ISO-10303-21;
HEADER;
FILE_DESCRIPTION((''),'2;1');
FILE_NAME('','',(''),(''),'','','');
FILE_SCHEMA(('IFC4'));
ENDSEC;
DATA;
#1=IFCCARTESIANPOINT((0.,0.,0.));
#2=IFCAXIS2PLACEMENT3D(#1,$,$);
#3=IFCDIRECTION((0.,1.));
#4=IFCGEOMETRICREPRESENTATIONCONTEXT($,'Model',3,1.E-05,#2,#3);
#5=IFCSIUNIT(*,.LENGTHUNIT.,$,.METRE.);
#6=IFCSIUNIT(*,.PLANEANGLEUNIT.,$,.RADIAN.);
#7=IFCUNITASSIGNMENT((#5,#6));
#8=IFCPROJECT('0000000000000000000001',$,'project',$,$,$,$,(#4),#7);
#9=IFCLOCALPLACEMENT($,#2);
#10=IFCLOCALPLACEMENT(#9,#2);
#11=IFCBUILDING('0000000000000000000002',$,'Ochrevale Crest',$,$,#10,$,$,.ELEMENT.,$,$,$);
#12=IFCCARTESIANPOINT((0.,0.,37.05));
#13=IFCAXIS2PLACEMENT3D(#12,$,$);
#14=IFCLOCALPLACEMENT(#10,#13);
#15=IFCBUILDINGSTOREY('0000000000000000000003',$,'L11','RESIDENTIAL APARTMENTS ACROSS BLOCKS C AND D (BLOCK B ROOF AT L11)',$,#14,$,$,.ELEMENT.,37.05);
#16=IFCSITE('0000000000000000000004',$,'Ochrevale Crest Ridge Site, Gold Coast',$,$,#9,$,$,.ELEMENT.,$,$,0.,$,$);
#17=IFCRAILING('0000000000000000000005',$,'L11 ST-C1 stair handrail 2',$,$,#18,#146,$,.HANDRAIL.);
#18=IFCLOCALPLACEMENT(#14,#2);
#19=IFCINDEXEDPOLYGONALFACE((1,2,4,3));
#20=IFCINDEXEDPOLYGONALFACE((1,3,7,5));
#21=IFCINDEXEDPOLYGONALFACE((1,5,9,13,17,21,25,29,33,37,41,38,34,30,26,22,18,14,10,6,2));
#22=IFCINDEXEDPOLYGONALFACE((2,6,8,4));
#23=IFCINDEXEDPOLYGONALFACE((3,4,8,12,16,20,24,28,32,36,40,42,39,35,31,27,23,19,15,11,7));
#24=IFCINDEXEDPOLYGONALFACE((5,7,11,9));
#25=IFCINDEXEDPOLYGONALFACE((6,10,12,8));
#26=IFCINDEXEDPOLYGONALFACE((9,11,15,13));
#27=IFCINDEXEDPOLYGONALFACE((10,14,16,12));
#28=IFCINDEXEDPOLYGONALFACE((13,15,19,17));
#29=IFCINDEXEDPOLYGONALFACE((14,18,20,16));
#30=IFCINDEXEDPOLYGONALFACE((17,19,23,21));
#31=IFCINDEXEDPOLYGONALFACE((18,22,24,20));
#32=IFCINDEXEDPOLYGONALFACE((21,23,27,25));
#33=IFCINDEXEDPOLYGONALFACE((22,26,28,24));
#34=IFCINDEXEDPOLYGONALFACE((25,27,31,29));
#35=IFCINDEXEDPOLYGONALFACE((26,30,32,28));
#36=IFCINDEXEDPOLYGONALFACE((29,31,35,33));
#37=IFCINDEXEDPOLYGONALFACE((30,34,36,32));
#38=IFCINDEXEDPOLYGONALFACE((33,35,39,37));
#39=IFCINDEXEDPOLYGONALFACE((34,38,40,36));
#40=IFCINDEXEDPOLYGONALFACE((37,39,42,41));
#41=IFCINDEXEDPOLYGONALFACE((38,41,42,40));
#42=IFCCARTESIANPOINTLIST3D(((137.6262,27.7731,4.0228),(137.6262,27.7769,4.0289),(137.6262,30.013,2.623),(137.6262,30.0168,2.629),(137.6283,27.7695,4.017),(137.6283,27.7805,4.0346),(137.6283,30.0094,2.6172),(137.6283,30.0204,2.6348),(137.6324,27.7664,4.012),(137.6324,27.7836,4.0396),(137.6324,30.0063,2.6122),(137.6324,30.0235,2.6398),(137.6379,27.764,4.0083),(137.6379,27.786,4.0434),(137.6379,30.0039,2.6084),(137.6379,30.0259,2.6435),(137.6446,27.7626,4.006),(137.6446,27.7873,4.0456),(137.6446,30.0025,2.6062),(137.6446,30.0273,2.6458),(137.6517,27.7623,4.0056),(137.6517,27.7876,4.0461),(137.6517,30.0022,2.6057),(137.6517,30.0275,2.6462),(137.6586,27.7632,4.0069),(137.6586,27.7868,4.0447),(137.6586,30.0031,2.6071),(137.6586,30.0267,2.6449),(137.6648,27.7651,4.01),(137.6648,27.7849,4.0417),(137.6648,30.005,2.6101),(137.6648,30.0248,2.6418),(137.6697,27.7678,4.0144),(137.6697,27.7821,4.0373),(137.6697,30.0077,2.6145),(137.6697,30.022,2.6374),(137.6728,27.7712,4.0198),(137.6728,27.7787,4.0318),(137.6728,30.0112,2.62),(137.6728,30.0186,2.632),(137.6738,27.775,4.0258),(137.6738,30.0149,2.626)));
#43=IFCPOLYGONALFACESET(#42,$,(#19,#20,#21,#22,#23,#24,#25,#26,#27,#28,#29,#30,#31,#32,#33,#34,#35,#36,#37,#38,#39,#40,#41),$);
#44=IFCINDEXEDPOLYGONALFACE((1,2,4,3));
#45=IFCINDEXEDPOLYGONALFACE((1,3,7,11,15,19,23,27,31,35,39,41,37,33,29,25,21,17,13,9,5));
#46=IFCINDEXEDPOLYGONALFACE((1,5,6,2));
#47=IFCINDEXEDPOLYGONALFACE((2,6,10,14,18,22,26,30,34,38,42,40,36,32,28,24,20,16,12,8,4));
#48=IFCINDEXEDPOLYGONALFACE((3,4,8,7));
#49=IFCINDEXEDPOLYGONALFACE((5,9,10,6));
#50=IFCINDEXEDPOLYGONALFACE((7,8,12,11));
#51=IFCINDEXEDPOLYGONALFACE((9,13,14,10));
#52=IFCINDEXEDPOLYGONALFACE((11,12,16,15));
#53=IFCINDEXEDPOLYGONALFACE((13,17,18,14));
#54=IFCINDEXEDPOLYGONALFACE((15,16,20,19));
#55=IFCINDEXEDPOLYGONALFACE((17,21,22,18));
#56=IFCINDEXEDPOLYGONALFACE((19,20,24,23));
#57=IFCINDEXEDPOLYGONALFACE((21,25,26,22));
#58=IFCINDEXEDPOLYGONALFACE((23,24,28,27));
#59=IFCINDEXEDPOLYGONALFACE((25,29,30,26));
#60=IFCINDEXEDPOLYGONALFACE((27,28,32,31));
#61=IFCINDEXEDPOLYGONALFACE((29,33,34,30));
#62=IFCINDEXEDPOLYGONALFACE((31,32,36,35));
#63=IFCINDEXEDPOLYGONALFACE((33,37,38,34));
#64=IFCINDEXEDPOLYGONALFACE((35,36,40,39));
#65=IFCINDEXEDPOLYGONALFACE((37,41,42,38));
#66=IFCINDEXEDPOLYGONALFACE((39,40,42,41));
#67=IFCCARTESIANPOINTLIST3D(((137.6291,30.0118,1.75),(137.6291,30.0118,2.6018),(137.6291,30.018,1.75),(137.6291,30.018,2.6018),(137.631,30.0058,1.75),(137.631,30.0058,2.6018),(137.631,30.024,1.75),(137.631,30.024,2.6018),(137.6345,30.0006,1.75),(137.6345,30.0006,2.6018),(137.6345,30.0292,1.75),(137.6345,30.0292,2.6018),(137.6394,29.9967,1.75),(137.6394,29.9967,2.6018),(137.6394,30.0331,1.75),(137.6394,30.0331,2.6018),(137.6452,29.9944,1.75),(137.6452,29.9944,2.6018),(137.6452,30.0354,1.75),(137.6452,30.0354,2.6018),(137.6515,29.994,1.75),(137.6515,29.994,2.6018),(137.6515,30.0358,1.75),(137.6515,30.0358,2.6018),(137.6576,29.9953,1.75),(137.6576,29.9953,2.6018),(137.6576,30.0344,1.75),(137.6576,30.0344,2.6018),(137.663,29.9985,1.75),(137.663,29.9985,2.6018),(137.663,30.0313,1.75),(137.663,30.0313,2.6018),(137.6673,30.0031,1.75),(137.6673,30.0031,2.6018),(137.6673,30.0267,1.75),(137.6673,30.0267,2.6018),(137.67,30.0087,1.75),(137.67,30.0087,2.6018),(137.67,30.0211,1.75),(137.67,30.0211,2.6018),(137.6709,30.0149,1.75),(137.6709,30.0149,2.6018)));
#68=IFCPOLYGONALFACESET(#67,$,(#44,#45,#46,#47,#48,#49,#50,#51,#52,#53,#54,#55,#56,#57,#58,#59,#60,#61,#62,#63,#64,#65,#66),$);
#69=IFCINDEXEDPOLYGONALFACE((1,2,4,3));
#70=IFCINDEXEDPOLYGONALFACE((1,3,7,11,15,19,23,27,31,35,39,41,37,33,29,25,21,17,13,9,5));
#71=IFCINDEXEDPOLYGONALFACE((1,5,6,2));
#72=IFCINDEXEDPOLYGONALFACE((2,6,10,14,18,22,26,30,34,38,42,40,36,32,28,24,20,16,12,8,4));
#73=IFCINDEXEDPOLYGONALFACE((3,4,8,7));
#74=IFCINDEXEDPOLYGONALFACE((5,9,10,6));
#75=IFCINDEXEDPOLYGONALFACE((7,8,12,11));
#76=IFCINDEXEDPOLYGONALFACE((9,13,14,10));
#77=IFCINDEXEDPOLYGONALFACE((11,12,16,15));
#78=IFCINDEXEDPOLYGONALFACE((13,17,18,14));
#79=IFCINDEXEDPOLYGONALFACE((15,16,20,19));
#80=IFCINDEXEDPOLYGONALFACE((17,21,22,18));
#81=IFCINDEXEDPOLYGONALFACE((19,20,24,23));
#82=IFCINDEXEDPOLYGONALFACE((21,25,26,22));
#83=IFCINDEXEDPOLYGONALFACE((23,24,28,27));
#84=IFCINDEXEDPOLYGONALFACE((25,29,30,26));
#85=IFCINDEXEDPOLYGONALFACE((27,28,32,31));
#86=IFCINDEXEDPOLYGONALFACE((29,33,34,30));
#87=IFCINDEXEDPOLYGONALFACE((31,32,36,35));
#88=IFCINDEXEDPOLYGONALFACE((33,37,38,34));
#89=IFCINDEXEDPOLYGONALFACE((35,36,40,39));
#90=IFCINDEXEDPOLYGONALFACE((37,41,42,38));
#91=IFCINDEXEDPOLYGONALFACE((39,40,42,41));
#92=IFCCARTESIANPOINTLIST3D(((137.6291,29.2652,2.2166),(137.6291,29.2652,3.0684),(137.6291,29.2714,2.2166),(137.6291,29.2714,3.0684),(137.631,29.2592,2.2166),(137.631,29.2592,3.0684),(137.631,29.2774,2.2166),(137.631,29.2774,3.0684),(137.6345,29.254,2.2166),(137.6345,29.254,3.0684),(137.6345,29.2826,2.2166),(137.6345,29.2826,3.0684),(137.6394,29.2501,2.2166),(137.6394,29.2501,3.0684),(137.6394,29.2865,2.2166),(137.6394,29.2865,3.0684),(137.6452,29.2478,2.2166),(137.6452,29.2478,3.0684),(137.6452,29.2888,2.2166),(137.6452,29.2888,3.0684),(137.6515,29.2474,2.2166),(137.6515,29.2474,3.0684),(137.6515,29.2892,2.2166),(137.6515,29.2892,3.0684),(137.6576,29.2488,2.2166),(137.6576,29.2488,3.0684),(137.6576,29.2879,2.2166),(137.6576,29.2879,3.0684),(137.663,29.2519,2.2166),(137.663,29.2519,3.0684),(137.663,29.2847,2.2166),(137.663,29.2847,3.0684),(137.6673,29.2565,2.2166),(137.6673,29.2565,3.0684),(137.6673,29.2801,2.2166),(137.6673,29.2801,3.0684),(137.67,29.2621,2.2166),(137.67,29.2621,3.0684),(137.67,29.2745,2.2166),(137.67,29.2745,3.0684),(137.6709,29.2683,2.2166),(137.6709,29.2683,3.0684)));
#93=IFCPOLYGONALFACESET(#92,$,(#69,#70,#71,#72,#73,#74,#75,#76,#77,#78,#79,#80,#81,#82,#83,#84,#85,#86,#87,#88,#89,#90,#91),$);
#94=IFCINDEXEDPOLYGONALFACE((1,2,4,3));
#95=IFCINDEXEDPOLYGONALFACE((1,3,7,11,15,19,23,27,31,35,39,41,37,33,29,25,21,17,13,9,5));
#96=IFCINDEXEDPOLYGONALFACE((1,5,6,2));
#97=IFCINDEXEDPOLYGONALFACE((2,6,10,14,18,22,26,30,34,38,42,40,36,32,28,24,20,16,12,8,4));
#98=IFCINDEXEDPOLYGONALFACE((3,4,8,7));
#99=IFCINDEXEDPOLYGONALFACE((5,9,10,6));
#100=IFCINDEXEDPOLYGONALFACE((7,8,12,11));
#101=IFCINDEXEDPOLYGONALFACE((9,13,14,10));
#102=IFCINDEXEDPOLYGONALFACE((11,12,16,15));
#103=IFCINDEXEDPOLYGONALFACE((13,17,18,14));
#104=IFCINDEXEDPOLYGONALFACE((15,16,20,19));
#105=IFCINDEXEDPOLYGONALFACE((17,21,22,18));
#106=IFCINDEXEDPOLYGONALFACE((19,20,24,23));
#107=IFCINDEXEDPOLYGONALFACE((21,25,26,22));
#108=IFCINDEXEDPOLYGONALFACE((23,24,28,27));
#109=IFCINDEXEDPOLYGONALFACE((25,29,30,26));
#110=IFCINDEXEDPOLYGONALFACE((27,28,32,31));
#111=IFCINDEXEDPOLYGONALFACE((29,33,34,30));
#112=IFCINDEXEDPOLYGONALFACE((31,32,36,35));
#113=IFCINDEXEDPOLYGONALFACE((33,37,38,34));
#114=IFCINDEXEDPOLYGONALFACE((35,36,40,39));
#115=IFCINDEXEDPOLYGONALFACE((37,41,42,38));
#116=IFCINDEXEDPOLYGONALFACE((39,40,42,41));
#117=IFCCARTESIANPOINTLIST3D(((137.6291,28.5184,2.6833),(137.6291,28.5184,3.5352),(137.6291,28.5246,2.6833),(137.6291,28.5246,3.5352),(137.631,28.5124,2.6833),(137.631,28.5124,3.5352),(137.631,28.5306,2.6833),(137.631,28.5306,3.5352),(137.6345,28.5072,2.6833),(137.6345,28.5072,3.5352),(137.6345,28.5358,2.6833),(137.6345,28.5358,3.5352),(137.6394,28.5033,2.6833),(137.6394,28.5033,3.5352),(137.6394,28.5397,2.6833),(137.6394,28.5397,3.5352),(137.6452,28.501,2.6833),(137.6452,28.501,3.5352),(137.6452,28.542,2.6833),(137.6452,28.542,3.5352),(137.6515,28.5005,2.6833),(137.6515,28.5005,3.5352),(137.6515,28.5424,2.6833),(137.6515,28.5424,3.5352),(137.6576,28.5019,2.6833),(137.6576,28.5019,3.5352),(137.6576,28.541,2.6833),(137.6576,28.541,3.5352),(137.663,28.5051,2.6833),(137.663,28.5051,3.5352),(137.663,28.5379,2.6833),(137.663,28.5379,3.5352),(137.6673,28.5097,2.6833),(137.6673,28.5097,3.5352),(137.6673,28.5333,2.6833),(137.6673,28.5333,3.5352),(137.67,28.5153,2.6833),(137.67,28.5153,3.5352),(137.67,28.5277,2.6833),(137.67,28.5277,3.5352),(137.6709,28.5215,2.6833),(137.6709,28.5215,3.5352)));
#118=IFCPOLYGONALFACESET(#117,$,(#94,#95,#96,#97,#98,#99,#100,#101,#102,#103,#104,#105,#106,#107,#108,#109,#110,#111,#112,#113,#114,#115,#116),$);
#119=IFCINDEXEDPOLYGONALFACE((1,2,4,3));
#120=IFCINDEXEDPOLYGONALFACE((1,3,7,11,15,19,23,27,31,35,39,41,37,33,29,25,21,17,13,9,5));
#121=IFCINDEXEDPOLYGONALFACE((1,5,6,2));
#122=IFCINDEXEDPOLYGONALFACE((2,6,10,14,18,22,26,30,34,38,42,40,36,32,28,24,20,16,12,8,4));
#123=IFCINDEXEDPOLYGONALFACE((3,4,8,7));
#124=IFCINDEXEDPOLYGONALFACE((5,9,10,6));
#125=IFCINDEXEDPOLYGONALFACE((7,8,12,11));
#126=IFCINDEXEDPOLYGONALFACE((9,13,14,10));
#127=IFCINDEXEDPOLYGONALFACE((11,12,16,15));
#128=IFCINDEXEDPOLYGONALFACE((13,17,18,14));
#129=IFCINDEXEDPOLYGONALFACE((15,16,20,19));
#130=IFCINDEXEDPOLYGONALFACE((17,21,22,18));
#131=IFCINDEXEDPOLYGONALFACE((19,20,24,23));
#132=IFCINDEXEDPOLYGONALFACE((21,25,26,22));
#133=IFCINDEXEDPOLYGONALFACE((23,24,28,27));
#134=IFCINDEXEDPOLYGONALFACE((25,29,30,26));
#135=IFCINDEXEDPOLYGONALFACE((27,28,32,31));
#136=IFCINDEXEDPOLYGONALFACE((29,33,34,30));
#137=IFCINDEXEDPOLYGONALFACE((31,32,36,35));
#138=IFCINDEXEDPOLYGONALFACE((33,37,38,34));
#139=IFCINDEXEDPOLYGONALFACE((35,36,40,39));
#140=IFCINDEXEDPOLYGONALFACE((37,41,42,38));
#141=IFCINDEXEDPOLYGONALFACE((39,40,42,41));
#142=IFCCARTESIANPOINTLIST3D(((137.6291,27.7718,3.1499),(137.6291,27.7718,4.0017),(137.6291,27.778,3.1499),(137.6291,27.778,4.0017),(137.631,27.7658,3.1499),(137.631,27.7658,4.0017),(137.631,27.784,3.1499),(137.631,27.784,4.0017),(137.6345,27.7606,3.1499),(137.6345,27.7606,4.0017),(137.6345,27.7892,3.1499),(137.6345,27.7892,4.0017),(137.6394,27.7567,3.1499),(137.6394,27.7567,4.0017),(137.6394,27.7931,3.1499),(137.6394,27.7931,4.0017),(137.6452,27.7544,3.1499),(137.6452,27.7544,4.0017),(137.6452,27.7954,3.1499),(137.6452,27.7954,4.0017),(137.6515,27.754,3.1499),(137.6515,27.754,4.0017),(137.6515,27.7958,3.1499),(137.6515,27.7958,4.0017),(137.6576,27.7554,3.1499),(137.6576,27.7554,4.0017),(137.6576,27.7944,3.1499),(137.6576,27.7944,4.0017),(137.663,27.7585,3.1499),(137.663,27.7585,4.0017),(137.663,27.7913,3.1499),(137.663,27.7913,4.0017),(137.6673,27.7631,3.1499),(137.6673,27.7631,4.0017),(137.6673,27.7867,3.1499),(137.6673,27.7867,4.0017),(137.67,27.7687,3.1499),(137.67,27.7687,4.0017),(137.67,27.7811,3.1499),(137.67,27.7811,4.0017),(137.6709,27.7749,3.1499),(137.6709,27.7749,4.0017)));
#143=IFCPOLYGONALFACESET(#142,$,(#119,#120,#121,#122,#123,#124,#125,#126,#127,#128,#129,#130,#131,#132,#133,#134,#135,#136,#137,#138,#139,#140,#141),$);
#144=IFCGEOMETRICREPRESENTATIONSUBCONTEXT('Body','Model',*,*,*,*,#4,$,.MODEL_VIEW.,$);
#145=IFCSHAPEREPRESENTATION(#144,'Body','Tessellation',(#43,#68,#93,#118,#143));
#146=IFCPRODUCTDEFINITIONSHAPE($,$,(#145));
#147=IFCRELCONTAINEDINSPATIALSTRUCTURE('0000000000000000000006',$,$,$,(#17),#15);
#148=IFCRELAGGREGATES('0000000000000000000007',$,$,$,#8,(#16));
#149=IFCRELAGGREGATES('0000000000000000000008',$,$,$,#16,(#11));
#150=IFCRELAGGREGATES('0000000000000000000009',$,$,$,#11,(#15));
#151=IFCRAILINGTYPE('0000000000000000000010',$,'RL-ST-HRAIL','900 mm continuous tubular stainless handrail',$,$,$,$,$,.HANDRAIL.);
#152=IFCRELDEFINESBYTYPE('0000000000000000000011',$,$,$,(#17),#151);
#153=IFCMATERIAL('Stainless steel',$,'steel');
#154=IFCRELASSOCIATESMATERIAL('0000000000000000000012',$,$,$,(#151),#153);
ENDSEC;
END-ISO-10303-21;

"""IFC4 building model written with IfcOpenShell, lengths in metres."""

from ifc_helpers import new_model, si_unit, direction, frame, origin, origin_2d, place, context, subcontext, project, spatial, circle, extrude, material, type_object, element, save


model = new_model("IFC4")

# Units and contexts
model_context = context("Model", 3, precision=1e-05, world=origin(), true_north=direction((0.0, 1.0)))
body_context = subcontext(model_context, "Body", "Model", "MODEL_VIEW")
ifc_project = project(units=[si_unit("LENGTHUNIT", "METRE"), si_unit("PLANEANGLEUNIT", "RADIAN")], contexts=[model_context])

# Site, building, storey
site_placement = place(None, origin())
site = spatial("IfcSite", under=ifc_project, at=site_placement, Name="Ochrevale Crest Ridge Site, Gold Coast", CompositionType="ELEMENT", RefElevation=0.0)
building_placement = place(site_placement, origin())
building = spatial("IfcBuilding", under=site, at=building_placement, Name="Ochrevale Crest", CompositionType="ELEMENT")
storey_placement = place(building_placement, frame((0.0, 0.0, 37.05)))
storey = spatial("IfcBuildingStorey", under=building, at=storey_placement, Name="L11", Description="RESIDENTIAL APARTMENTS ACROSS BLOCKS C AND D (BLOCK B ROOF AT L11)", CompositionType="ELEMENT", Elevation=37.05)

# Railing
ifc_material_1 = material(Name="Stainless steel", Category="steel")
railing_type_1 = type_object("IfcRailingType", Name="RL-ST-HRAIL", Description="900 mm continuous tubular stainless handrail", PredefinedType="HANDRAIL", material=ifc_material_1)
railing_1_placement = place(storey_placement, frame((137.6499, 30.0149, 1.75)))
element("IfcRailing", 1, at=railing_1_placement, inside=storey, type_object=railing_type_1, Name="L11 ST-C1 stair handrail 2", PredefinedType="HANDRAIL", context=body_context, shape_type="SweptSolid", body=[
    extrude(circle(Radius=0.0239, at=origin_2d()), frame((0.0, 0.0, 0.876), z_axis=(0.0, -0.848014, 0.529974), x_axis=(1.0, 0.0, 0.0)), (0.0, 0.0, 1.0), 2.6414),
    extrude(circle(Radius=0.021, at=origin_2d()), origin(), (0.0, 0.0, 1.0), 0.8518),
    extrude(circle(Radius=0.021, at=origin_2d()), frame((0.0, -0.7466, 0.4666)), (0.0, 0.0, 1.0), 0.8518),
    extrude(circle(Radius=0.021, at=origin_2d()), frame((0.0, -1.4934, 0.9333)), (0.0, 0.0, 1.0), 0.8518),
    extrude(circle(Radius=0.021, at=origin_2d()), frame((0.0, -2.24, 1.3999)), (0.0, 0.0, 1.0), 0.8518),
])

save(model, "model.ifc")
